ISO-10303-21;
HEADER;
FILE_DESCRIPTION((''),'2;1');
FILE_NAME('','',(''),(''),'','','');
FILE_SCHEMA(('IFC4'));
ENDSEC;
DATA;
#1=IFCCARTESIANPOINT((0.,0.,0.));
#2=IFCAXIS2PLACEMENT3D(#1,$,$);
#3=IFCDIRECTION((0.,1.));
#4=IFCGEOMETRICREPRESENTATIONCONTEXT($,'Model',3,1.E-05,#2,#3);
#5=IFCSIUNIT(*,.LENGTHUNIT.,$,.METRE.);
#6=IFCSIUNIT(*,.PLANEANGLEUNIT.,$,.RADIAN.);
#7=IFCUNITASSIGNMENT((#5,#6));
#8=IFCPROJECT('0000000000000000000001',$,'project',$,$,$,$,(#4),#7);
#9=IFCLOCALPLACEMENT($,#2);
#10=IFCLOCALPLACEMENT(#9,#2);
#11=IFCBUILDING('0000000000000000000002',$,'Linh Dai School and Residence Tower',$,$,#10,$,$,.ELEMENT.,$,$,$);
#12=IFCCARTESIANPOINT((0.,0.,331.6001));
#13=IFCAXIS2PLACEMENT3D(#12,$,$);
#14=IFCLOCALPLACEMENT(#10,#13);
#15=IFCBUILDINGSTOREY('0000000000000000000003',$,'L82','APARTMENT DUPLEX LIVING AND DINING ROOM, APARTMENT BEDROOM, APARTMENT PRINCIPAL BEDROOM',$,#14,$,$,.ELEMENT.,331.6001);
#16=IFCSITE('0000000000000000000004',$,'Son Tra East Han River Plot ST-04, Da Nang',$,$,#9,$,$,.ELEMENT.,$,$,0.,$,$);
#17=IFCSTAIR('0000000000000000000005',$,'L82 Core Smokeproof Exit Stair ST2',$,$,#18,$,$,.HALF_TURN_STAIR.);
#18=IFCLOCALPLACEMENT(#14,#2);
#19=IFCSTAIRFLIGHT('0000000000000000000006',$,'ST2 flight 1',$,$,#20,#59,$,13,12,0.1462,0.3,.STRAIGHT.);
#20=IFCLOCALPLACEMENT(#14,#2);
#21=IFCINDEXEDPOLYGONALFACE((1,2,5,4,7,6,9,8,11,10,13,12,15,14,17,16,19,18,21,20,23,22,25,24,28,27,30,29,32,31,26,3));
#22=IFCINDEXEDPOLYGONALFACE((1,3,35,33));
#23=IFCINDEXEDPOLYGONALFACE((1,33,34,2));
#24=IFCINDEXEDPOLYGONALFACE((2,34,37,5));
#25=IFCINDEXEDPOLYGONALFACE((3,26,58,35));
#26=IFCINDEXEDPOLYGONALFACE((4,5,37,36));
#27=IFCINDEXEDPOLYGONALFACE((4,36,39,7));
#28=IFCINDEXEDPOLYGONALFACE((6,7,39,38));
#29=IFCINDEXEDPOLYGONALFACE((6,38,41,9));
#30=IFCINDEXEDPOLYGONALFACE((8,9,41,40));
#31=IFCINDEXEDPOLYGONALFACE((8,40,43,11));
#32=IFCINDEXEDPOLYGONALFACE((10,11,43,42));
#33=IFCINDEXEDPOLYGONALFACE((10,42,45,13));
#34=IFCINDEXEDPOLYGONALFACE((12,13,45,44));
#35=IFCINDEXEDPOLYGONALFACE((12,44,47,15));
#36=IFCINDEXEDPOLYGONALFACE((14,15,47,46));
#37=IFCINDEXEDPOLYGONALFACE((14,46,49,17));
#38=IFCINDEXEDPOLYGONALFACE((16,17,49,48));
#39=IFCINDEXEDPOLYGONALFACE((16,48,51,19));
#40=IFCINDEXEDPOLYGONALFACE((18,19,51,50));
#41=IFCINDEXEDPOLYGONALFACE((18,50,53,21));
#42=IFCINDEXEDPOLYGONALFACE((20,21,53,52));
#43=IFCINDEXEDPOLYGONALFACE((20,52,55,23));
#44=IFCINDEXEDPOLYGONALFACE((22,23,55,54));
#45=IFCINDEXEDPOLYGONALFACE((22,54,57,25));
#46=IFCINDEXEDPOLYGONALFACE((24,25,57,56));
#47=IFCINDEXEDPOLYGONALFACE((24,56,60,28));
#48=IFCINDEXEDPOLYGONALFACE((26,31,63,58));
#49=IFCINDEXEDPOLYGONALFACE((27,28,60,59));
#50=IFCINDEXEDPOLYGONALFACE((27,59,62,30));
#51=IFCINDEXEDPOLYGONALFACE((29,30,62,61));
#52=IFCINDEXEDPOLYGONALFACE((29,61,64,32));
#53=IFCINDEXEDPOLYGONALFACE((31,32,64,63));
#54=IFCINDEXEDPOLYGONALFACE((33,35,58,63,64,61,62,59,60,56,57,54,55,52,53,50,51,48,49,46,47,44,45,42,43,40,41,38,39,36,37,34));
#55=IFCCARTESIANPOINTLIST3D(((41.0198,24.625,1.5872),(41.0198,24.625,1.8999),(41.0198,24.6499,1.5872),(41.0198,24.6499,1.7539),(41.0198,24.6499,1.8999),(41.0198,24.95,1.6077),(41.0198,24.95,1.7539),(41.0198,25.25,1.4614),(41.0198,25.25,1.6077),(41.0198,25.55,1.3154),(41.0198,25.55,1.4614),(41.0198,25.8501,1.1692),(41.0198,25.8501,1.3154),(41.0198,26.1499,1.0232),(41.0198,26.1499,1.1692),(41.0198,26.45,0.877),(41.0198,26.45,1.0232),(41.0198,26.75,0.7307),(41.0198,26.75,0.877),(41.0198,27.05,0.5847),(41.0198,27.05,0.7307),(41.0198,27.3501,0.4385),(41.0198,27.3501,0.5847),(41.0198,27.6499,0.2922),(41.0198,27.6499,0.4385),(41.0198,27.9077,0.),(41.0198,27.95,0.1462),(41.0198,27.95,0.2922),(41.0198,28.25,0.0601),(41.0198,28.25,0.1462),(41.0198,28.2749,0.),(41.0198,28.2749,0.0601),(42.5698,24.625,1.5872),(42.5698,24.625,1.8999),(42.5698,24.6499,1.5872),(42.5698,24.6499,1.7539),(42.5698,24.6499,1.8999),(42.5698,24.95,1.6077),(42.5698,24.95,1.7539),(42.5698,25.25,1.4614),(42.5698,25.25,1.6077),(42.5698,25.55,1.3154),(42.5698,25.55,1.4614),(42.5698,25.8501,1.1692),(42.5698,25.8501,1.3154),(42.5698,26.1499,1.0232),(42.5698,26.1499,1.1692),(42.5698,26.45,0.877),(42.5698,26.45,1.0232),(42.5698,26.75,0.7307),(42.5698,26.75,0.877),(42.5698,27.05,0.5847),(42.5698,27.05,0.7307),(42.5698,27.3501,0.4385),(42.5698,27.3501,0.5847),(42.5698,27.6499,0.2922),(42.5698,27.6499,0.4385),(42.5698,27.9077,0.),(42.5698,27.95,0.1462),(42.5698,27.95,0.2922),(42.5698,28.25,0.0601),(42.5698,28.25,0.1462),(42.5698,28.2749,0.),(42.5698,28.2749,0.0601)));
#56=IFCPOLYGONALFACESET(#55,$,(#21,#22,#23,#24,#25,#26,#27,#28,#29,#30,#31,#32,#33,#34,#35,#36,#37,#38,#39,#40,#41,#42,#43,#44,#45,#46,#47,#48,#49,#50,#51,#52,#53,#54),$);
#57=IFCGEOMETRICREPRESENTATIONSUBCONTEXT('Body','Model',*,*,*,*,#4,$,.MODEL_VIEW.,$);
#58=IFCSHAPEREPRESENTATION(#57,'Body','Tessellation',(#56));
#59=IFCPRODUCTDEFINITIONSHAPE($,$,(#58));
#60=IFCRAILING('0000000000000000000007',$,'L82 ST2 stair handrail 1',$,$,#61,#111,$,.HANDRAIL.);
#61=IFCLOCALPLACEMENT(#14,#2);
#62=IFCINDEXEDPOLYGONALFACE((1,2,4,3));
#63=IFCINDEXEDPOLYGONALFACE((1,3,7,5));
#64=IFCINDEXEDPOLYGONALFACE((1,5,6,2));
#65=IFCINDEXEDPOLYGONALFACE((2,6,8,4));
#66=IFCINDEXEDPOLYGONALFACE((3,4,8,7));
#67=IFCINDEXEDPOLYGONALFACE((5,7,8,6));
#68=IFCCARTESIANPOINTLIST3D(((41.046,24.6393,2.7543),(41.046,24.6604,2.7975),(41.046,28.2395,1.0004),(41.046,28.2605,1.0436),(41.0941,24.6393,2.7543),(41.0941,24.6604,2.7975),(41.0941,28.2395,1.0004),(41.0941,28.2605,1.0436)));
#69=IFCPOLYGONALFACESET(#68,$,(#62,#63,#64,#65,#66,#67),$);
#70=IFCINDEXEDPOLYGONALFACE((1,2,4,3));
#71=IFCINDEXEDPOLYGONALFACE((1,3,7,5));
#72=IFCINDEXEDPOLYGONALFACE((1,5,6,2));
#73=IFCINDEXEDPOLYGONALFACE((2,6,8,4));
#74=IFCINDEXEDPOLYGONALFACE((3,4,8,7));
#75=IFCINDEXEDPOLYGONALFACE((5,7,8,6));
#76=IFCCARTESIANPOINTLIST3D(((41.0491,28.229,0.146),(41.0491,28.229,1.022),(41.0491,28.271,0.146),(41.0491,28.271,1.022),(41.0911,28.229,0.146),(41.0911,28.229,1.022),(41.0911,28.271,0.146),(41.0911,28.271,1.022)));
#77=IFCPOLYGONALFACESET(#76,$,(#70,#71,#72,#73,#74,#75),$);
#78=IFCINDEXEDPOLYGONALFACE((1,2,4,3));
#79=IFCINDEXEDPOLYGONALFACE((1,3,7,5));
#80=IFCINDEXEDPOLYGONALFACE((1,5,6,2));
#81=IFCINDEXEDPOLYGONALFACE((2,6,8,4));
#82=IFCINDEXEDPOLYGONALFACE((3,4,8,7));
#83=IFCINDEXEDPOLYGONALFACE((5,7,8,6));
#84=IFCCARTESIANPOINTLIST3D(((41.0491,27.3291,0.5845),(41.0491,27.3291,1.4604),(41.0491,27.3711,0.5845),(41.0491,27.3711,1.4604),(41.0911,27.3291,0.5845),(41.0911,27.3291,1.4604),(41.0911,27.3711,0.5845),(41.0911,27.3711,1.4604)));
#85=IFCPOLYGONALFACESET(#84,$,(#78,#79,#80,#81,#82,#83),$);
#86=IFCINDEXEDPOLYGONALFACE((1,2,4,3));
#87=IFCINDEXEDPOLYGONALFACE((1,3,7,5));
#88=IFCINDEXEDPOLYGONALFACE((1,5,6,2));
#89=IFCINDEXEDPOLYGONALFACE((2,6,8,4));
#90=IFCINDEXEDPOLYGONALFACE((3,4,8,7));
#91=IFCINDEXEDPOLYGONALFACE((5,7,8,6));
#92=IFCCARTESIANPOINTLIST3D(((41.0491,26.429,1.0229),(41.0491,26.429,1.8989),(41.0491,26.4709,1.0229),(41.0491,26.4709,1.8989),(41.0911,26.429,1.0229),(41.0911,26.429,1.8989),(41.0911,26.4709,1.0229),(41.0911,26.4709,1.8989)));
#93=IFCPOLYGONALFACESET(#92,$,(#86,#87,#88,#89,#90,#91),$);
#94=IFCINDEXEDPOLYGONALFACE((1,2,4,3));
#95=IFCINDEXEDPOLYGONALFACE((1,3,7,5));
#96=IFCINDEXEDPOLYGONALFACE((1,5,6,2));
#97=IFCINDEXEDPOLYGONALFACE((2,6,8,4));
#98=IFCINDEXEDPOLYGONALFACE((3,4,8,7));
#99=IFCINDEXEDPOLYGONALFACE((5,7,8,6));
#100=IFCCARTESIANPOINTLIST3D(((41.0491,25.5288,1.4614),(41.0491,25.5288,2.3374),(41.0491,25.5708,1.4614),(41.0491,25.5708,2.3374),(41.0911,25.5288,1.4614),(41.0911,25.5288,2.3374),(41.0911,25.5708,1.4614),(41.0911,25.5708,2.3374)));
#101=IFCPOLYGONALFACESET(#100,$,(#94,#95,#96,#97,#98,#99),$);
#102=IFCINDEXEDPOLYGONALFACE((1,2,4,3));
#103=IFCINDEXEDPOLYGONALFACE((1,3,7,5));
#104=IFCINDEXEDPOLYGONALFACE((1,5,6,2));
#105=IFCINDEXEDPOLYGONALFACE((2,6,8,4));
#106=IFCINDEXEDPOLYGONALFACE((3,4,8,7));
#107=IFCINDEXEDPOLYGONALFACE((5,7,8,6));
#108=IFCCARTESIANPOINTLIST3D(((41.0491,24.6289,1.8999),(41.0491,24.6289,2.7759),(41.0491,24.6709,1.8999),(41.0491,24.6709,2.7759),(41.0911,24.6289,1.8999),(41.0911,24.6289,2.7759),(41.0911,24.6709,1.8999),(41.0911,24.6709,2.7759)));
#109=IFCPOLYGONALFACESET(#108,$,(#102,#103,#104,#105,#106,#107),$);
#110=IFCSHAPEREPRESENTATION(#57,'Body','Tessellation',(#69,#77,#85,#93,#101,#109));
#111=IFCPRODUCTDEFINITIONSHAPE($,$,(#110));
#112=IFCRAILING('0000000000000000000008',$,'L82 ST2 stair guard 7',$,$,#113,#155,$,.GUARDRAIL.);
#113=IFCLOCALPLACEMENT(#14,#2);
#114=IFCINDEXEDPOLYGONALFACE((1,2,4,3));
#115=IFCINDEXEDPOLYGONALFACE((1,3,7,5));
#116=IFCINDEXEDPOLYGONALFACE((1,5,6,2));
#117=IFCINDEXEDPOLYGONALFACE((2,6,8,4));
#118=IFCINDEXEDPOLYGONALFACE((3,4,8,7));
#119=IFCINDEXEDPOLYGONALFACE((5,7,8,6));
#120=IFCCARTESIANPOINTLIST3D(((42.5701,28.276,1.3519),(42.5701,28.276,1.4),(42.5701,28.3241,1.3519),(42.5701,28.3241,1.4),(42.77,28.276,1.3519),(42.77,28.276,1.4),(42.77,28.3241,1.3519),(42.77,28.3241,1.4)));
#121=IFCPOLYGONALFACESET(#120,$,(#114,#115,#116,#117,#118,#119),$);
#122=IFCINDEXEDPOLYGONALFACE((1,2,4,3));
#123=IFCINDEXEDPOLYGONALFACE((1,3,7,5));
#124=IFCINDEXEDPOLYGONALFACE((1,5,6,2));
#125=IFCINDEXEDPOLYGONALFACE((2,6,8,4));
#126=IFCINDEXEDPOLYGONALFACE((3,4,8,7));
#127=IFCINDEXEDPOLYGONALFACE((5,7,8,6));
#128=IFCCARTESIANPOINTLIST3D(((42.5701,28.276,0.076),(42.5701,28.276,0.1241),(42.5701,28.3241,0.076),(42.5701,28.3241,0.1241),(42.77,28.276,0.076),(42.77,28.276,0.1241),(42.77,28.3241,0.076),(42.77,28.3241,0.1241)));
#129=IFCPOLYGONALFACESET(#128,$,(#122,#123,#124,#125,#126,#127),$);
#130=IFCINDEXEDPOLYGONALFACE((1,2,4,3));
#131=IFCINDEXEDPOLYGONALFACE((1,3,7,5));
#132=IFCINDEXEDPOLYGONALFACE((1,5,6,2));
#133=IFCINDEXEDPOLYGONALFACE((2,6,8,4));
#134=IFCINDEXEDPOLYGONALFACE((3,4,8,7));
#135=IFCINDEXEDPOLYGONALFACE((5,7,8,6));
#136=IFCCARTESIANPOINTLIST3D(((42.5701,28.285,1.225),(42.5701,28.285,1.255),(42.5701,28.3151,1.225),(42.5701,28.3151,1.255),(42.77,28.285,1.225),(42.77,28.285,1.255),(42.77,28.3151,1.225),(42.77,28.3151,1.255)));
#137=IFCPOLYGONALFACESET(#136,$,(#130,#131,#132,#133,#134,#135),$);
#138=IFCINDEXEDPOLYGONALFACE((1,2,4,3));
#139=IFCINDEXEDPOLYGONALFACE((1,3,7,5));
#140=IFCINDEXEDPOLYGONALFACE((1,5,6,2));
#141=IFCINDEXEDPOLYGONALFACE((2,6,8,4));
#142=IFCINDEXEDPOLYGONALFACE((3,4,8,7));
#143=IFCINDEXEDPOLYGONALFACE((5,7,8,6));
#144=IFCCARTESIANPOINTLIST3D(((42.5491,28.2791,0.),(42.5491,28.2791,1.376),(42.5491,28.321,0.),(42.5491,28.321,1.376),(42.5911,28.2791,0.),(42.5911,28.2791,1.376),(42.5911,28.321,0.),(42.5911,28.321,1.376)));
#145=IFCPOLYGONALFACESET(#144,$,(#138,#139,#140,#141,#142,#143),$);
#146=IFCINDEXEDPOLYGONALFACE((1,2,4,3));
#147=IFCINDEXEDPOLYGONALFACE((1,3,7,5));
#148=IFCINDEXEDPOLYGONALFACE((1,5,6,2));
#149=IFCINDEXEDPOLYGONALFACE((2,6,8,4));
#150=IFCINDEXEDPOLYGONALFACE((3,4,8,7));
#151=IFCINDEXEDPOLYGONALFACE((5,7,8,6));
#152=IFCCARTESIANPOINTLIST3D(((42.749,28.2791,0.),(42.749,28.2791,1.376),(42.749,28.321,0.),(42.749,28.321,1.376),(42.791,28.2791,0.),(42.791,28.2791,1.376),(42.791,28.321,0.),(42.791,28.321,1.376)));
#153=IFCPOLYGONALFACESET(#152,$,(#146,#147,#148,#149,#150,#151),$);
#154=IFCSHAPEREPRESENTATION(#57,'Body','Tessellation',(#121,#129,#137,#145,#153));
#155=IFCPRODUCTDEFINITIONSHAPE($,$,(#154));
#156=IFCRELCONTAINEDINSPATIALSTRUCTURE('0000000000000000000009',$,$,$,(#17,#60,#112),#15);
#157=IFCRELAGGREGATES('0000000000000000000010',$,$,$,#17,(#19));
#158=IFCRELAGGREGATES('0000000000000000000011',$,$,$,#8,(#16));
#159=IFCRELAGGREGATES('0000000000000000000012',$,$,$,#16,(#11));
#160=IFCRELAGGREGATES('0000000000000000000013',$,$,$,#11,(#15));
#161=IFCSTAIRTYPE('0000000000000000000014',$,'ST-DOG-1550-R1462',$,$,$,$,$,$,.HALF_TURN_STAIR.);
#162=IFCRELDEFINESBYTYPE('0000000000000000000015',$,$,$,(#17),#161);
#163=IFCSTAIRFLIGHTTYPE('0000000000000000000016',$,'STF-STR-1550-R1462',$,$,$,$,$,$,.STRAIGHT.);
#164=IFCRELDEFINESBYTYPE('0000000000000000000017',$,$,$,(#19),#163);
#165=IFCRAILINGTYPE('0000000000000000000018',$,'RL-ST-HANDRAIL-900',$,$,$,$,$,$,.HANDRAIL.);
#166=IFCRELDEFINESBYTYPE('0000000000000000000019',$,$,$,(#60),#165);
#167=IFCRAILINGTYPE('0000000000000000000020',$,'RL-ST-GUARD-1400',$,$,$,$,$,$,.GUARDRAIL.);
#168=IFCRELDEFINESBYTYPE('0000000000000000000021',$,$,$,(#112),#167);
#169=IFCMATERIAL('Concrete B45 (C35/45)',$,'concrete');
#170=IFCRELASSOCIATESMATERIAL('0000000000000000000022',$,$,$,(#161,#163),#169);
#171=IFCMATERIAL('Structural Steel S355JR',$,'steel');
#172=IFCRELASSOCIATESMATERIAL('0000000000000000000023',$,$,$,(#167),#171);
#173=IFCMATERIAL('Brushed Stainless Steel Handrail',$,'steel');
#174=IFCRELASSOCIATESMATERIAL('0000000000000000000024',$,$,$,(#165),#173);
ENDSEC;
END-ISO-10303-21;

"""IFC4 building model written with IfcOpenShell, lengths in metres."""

from ifc_helpers import new_model, si_unit, direction, frame, origin, origin_2d, place, context, subcontext, project, spatial, polyline, rectangle, outline, extrude, source, transform, mapped, material, type_object, element, aggregate, save


model = new_model("IFC4")

# Units and contexts
model_context = context("Model", 3, precision=1e-05, world=origin(), true_north=direction((0.0, 1.0)))
body_context = subcontext(model_context, "Body", "Model", "MODEL_VIEW")
ifc_project = project(units=[si_unit("LENGTHUNIT", "METRE"), si_unit("PLANEANGLEUNIT", "RADIAN")], contexts=[model_context])

# Site, building, storey
site_placement = place(None, origin())
site = spatial("IfcSite", under=ifc_project, at=site_placement, Name="Son Tra East Han River Plot ST-04, Da Nang", CompositionType="ELEMENT", RefElevation=0.0)
building_placement = place(site_placement, origin())
building = spatial("IfcBuilding", under=site, at=building_placement, Name="Linh Dai School and Residence Tower", CompositionType="ELEMENT")
storey_placement = place(building_placement, frame((0.0, 0.0, 331.6001)))
storey = spatial("IfcBuildingStorey", under=building, at=storey_placement, Name="L82", Description="APARTMENT DUPLEX LIVING AND DINING ROOM, APARTMENT BEDROOM, APARTMENT PRINCIPAL BEDROOM", CompositionType="ELEMENT", Elevation=331.6001)

# Shared definitions
ifc_material_1 = material(Name="Structural Steel S355JR", Category="steel")

# Shared definitions
ifc_material_2 = material(Name="Concrete B45 (C35/45)", Category="concrete")

# Stair, stair flight
stair_type = type_object("IfcStairType", Name="ST-DOG-1550-R1462", PredefinedType="HALF_TURN_STAIR", material=ifc_material_2)
stair_placement = place(storey_placement, origin())
stair = element("IfcStair", 1, at=stair_placement, inside=storey, type_object=stair_type, Name="L82 Core Smokeproof Exit Stair ST2", PredefinedType="HALF_TURN_STAIR")
stair_flight_type = type_object("IfcStairFlightType", Name="STF-STR-1550-R1462", PredefinedType="STRAIGHT", material=ifc_material_2)
shared_shape_1 = source(origin(), body_context, "Body", "SweptSolid", [
    extrude(outline(polyline([(-0.0249, 0.0), (-0.0249, 0.0601), (0.0, 0.0601), (0.0, 0.1462), (0.3, 0.1462), (0.3, 0.2922), (0.6001, 0.2922), (0.6001, 0.4385), (0.8999, 0.4385), (0.8999, 0.5847), (1.2, 0.5847), (1.2, 0.7307), (1.5, 0.7307), (1.5, 0.877), (1.8, 0.877), (1.8, 1.0232), (2.1001, 1.0232), (2.1001, 1.1692), (2.3999, 1.1692), (2.3999, 1.3154), (2.7, 1.3154), (2.7, 1.4614), (3.0, 1.4614), (3.0, 1.6077), (3.3, 1.6077), (3.3, 1.7539), (3.6001, 1.7539), (3.6001, 1.8999), (3.625, 1.8999), (3.625, 1.5872), (3.6001, 1.5872), (0.3423, 0.0), (-0.0249, 0.0)])), frame((0.0, 0.7749, 0.0), z_axis=(0.0, -1.0, 0.0), x_axis=(1.0, 0.0, 0.0)), (0.0, 0.0, 1.0), 1.55),
])
stair_flight_placement = place(storey_placement, frame((41.7949, 28.25, 0.0), z_axis=(0.0, 0.0, 1.0), x_axis=(0.0, -1.0, 0.0)))
stair_flight = element("IfcStairFlight", 2, at=stair_flight_placement, type_object=stair_flight_type, Name="ST2 flight 1", NumberOfRisers=13, NumberOfTreads=12, PredefinedType="STRAIGHT", RiserHeight=0.1462, TreadLength=0.3, context=body_context, shape_type="MappedRepresentation", body=[
    mapped(shared_shape_1, transform((0.0, 0.0, 0.0), x_axis=(1.0, 0.0, 0.0), y_axis=(0.0, 1.0, 0.0), z_axis=(0.0, 0.0, 1.0), scale=1.0)),
])
aggregate(stair, [stair_flight])

# Railings
railing_type_1 = type_object("IfcRailingType", Name="RL-ST-GUARD-1400", PredefinedType="GUARDRAIL", material=ifc_material_1)
ifc_material_3 = material(Name="Brushed Stainless Steel Handrail", Category="steel")
railing_type_2 = type_object("IfcRailingType", Name="RL-ST-HANDRAIL-900", PredefinedType="HANDRAIL", material=ifc_material_3)
shared_shape_2 = source(origin(), body_context, "Body", "SweptSolid", [
    extrude(rectangle(XDim=0.0481, YDim=0.0481, at=origin_2d()), frame((0.0, 0.0, 0.876), z_axis=(0.0, -0.898989, 0.437972), x_axis=(1.0, 0.0, 0.0)), (0.0, 0.0, 1.0), 4.0046),
    extrude(rectangle(XDim=0.042, YDim=0.042, at=origin_2d()), origin(), (0.0, 0.0, 1.0), 0.876),
    extrude(rectangle(XDim=0.042, YDim=0.042, at=origin_2d()), frame((0.0, -0.8999, 0.4385)), (0.0, 0.0, 1.0), 0.876),
    extrude(rectangle(XDim=0.042, YDim=0.042, at=origin_2d()), frame((0.0, -1.8, 0.877)), (0.0, 0.0, 1.0), 0.876),
    extrude(rectangle(XDim=0.042, YDim=0.042, at=origin_2d()), frame((0.0, -2.7002, 1.3154)), (0.0, 0.0, 1.0), 0.876),
    extrude(rectangle(XDim=0.042, YDim=0.042, at=origin_2d()), frame((0.0, -3.6001, 1.7539)), (0.0, 0.0, 1.0), 0.876),
])
railing_1_placement = place(storey_placement, frame((41.0701, 28.25, 0.146)))
element("IfcRailing", 3, at=railing_1_placement, inside=storey, type_object=railing_type_2, Name="L82 ST2 stair handrail 1", PredefinedType="HANDRAIL", context=body_context, shape_type="MappedRepresentation", body=[
    mapped(shared_shape_2, transform((0.0, 0.0, 0.0), x_axis=(1.0, 0.0, 0.0), y_axis=(0.0, 1.0, 0.0), z_axis=(0.0, 0.0, 1.0), scale=1.0)),
])
shared_shape_3 = source(origin(), body_context, "Body", "SweptSolid", [
    extrude(rectangle(XDim=0.0481, YDim=0.0481, at=origin_2d()), frame((0.0, 0.0, 1.376), z_axis=(1.0, 0.0, 0.0), x_axis=(0.0, 1.0, 0.0)), (0.0, 0.0, 1.0), 0.2),
    extrude(rectangle(XDim=0.0481, YDim=0.0481, at=origin_2d()), frame((0.0, 0.0, 0.1001), z_axis=(1.0, 0.0, 0.0), x_axis=(0.0, 1.0, 0.0)), (0.0, 0.0, 1.0), 0.2),
    extrude(rectangle(XDim=0.03, YDim=0.03, at=origin_2d()), frame((0.0, 0.0, 1.24), z_axis=(1.0, 0.0, 0.0), x_axis=(0.0, 1.0, 0.0)), (0.0, 0.0, 1.0), 0.2),
    extrude(rectangle(XDim=0.042, YDim=0.042, at=origin_2d()), origin(), (0.0, 0.0, 1.0), 1.376),
    extrude(rectangle(XDim=0.042, YDim=0.042, at=origin_2d()), frame((0.2, 0.0, 0.0)), (0.0, 0.0, 1.0), 1.376),
])
railing_2_placement = place(storey_placement, frame((42.5701, 28.3, 0.0)))
element("IfcRailing", 4, at=railing_2_placement, inside=storey, type_object=railing_type_1, Name="L82 ST2 stair guard 7", PredefinedType="GUARDRAIL", context=body_context, shape_type="MappedRepresentation", body=[
    mapped(shared_shape_3, transform((0.0, 0.0, 0.0), x_axis=(1.0, 0.0, 0.0), y_axis=(0.0, 1.0, 0.0), z_axis=(0.0, 0.0, 1.0), scale=1.0)),
])

save(model, "model.ifc")
